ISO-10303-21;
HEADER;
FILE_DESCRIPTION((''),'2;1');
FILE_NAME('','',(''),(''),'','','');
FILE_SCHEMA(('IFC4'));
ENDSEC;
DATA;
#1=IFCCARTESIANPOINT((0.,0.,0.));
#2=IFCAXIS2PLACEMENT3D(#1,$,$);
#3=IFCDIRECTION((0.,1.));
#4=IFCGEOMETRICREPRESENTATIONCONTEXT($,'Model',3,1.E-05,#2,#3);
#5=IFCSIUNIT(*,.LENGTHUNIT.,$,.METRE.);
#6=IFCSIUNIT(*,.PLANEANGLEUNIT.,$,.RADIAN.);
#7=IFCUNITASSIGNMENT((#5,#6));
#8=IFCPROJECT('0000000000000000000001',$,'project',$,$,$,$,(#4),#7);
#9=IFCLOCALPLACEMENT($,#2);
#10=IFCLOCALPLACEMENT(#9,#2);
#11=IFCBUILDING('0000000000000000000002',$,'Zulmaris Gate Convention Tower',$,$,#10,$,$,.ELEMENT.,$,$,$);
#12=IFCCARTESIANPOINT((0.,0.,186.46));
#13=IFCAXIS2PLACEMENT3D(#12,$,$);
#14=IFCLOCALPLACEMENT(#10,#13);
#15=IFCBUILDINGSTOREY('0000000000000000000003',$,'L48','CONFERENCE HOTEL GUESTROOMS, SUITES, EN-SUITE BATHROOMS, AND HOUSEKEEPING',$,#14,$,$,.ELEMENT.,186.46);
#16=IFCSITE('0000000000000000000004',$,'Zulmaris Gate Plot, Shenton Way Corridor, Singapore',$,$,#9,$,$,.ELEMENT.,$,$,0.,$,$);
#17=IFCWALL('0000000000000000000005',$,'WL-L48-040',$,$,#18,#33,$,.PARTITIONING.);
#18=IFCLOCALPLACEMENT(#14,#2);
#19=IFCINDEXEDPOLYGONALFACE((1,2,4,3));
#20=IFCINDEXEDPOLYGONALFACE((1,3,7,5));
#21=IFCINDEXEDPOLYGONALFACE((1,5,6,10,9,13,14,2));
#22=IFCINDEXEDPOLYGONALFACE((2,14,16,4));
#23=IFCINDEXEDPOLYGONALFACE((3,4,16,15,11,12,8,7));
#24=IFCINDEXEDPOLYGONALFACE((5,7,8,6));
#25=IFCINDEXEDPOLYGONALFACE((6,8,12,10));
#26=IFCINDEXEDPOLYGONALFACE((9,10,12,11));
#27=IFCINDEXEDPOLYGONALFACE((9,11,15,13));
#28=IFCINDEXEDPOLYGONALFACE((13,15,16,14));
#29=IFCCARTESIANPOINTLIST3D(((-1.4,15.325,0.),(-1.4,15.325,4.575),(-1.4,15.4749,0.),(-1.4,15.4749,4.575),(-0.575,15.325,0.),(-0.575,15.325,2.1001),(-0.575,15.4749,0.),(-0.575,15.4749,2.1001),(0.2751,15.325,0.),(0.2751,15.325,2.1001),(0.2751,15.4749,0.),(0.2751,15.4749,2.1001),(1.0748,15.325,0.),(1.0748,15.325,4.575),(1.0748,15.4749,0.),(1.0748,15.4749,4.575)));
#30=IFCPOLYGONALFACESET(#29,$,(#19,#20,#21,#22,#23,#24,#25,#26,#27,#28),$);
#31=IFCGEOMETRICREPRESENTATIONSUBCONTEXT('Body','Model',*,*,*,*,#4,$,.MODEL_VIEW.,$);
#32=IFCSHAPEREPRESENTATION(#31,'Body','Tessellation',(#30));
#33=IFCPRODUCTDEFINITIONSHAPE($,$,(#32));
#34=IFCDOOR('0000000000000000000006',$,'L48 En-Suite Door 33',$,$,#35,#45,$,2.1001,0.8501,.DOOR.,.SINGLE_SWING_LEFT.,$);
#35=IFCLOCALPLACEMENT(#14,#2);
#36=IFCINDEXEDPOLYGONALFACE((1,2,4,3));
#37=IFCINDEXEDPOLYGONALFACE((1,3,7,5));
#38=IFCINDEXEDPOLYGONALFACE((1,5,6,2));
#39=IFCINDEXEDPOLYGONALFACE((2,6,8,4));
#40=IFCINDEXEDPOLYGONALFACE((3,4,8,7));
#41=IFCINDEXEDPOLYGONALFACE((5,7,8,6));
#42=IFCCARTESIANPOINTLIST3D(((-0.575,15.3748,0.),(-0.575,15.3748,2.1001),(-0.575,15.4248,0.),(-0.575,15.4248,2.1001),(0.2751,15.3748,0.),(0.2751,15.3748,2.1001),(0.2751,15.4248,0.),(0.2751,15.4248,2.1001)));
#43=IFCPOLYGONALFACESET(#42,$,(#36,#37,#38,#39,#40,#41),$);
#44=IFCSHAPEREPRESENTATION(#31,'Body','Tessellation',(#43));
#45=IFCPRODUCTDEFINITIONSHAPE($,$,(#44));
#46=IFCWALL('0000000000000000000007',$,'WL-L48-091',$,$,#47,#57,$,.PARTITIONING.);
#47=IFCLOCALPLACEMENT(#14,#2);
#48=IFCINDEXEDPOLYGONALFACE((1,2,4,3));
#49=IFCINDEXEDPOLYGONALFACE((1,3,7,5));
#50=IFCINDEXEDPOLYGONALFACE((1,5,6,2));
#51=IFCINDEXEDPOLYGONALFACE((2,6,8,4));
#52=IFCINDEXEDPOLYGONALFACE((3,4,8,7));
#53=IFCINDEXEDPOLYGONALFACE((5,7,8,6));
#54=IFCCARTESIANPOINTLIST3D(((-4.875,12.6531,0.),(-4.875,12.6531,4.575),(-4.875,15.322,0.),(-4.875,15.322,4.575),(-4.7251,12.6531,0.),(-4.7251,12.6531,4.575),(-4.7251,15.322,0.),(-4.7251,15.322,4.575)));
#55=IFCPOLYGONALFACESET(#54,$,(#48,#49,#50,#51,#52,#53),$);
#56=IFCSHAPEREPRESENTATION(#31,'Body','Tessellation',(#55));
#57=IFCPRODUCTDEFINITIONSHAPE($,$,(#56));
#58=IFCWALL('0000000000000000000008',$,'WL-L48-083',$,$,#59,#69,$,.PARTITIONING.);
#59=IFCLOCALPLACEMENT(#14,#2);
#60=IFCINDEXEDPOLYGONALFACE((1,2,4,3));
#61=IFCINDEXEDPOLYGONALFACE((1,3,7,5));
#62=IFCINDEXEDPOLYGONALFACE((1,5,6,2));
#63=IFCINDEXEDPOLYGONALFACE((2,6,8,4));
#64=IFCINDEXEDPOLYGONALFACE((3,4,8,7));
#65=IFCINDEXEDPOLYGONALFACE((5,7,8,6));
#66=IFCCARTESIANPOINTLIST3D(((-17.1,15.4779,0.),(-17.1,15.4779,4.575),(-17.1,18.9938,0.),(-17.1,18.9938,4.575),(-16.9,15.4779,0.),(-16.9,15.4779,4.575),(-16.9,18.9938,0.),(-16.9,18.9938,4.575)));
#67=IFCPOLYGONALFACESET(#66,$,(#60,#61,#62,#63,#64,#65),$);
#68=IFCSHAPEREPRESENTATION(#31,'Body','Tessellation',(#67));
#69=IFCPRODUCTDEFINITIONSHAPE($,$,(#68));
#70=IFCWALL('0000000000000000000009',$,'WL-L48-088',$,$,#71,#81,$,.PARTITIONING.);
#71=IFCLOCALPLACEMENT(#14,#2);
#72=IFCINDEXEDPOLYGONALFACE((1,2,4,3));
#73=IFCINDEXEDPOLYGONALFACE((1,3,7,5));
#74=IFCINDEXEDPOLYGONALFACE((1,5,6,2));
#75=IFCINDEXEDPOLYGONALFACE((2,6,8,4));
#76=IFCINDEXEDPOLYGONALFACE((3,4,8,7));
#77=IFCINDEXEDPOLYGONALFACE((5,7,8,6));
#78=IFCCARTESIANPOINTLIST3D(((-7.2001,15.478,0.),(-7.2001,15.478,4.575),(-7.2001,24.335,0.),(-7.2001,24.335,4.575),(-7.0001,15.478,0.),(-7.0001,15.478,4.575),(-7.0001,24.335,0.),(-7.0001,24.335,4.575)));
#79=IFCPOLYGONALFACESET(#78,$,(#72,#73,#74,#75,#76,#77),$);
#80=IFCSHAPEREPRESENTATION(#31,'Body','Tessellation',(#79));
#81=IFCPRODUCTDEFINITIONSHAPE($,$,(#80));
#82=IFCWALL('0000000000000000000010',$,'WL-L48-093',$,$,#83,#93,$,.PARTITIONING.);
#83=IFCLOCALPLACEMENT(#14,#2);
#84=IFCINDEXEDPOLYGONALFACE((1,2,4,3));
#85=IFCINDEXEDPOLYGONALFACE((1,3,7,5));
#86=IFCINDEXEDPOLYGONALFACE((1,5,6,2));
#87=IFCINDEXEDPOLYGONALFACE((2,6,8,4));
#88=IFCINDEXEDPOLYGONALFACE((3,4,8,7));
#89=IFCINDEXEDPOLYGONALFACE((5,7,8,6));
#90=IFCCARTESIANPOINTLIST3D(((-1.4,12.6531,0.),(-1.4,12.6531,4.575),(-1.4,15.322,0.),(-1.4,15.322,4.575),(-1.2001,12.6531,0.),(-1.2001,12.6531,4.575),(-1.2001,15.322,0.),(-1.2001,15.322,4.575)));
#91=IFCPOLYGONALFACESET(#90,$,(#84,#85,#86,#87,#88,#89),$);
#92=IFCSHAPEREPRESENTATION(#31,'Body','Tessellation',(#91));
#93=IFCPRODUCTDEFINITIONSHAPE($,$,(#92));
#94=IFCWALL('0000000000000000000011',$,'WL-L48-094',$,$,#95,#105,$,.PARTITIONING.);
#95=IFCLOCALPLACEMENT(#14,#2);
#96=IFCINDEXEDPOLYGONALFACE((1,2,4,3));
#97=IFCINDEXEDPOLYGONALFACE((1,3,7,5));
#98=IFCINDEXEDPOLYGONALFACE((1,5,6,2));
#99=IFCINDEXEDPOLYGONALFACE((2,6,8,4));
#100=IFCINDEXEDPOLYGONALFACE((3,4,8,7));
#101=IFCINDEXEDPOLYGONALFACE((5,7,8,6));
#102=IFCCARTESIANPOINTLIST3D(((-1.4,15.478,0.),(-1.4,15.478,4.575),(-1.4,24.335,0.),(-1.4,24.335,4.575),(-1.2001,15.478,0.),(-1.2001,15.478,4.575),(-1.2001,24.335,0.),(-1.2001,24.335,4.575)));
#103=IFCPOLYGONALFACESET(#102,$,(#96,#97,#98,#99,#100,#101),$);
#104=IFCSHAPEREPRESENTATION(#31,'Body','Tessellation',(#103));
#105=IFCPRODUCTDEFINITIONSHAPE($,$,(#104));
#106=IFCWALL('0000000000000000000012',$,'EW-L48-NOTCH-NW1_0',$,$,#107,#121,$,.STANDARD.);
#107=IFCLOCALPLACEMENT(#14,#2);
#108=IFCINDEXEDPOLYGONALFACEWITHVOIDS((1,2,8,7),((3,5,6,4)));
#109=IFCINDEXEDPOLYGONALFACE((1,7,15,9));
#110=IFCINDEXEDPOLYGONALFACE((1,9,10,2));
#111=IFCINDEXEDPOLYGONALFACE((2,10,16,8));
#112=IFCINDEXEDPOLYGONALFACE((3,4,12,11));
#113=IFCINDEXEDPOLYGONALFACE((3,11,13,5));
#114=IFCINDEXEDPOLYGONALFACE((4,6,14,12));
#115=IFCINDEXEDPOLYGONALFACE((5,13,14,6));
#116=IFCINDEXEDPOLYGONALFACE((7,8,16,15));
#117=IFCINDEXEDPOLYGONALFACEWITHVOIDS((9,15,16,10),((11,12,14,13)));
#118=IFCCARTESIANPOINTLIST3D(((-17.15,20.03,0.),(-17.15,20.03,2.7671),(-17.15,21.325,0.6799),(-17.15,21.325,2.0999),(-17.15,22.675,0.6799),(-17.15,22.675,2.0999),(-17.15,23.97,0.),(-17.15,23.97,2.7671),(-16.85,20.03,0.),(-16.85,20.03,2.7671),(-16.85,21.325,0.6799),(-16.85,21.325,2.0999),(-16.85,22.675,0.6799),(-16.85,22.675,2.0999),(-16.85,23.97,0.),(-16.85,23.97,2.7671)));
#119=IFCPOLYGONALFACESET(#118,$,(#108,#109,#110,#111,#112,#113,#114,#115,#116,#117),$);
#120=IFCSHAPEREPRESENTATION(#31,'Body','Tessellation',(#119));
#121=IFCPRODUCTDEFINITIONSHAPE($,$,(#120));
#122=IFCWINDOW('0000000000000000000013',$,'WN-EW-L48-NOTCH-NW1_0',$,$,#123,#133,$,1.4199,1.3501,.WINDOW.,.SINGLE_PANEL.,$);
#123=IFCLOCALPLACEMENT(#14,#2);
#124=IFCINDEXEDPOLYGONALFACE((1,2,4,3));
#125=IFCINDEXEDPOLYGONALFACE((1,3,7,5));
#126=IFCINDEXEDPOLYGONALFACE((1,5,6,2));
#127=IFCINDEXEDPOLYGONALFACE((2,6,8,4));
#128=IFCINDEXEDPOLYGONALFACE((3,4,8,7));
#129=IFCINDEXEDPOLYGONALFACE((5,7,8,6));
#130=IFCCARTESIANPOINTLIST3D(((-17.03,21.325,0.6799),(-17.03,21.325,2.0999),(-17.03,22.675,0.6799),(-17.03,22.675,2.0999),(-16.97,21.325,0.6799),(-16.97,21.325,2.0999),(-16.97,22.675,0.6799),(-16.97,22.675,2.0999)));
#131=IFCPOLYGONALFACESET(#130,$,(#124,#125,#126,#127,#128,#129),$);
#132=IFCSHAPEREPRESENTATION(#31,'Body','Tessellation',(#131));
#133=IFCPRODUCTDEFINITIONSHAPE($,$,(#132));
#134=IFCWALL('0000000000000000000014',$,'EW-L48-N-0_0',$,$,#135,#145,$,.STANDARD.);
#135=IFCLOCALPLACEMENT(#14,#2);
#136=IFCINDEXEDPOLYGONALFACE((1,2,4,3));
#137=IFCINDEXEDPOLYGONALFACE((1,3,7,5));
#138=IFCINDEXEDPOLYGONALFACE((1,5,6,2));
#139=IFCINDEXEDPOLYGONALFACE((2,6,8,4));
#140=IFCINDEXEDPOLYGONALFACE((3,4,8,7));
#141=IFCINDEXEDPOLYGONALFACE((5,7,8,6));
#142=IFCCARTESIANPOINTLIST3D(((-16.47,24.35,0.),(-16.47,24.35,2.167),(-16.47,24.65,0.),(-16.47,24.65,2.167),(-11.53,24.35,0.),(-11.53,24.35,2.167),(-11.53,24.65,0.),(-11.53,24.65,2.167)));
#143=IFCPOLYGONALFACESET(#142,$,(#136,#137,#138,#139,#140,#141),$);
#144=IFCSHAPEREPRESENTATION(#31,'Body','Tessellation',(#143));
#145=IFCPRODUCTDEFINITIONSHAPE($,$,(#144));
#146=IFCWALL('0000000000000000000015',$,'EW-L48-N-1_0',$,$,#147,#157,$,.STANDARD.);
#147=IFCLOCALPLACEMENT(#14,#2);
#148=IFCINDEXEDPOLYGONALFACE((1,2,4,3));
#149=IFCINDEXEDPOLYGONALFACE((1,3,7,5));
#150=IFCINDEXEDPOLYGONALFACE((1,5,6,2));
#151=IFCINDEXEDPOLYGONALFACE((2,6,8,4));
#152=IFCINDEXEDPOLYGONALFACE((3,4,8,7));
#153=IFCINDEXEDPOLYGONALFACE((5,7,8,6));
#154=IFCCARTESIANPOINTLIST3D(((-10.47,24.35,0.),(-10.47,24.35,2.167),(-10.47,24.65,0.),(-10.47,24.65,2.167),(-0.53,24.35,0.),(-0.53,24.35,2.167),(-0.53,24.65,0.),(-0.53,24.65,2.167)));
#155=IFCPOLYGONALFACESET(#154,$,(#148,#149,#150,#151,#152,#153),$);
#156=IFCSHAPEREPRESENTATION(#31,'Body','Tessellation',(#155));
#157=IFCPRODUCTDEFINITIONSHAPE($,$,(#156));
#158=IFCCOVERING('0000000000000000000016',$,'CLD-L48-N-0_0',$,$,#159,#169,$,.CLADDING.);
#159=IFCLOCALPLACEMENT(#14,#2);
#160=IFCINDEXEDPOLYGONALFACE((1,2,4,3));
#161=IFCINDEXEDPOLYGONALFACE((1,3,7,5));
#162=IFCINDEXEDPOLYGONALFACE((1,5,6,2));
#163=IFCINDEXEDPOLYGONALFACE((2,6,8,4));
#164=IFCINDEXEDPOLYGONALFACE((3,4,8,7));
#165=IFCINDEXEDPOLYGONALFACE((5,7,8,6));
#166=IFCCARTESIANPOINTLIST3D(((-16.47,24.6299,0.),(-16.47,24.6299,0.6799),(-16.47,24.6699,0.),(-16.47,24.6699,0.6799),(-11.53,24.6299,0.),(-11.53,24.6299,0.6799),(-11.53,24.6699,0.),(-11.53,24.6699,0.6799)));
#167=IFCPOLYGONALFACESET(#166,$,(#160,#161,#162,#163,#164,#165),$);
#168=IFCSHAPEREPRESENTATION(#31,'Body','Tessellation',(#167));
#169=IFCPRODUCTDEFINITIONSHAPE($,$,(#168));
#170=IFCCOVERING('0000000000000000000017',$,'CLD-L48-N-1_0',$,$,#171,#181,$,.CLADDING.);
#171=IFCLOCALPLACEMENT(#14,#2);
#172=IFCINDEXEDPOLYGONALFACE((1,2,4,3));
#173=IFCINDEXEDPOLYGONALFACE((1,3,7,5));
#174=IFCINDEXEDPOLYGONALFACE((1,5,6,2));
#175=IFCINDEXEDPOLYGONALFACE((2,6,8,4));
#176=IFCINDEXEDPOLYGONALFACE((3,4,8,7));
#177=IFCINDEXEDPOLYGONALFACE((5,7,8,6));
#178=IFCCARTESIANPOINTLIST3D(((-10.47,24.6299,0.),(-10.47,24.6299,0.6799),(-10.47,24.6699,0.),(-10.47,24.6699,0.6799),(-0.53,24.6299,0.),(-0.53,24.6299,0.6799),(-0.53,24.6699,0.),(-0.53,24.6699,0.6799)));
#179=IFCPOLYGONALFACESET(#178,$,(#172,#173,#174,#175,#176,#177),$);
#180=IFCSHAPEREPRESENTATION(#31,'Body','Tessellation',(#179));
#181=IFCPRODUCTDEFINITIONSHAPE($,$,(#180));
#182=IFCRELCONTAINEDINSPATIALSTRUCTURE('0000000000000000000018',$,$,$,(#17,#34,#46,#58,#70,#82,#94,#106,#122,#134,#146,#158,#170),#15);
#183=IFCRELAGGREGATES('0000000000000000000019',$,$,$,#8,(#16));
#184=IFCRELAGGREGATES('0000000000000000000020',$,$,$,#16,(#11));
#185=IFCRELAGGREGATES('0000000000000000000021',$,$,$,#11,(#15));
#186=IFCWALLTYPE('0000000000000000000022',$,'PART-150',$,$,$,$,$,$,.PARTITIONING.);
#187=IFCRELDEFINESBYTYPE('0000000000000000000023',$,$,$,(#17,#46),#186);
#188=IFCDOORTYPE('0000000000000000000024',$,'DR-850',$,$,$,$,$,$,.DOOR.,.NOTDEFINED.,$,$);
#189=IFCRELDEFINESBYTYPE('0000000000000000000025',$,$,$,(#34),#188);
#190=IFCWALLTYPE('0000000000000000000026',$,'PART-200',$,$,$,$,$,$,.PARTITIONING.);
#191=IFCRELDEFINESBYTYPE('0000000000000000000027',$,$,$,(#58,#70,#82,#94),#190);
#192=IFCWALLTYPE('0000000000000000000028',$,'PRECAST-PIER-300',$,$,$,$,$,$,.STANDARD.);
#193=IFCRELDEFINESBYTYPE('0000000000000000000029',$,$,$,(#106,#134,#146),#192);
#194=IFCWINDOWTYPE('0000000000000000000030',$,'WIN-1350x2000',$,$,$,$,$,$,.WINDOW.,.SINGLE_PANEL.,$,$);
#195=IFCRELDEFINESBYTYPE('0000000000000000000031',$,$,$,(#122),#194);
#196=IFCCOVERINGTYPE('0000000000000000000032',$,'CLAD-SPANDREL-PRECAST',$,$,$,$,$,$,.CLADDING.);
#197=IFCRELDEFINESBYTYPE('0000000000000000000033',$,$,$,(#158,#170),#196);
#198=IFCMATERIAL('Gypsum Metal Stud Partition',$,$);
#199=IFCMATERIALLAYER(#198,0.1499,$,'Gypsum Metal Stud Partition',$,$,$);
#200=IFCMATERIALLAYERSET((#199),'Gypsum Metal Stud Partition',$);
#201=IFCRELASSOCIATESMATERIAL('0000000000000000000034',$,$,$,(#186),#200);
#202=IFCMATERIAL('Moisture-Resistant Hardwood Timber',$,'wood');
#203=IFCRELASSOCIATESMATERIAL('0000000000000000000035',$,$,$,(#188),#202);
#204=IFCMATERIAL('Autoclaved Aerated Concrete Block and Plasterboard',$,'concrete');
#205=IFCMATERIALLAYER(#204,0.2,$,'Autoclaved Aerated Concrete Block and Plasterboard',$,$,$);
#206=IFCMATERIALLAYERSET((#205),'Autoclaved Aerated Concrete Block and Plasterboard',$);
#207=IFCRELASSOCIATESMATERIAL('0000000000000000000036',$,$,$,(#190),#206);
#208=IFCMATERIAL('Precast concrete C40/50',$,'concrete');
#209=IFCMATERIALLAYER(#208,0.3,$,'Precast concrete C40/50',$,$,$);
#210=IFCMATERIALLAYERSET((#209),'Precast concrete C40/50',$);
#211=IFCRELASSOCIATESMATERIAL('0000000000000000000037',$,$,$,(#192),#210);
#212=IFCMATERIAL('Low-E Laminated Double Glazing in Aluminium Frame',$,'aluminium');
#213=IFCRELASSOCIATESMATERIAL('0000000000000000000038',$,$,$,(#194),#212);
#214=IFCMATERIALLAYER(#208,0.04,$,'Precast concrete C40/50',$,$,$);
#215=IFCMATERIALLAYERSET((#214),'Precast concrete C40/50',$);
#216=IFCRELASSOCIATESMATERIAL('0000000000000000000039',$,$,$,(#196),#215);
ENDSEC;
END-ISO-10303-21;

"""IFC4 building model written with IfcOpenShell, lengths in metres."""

from ifc_helpers import new_model, si_unit, direction, frame, frame_2d, origin, place, context, subcontext, project, spatial, rectangle, extrude, material, layer, layer_set, type_object, element, fill, save


model = new_model("IFC4")

# Units and contexts
model_context = context("Model", 3, precision=1e-05, world=origin(), true_north=direction((0.0, 1.0)))
body_context = subcontext(model_context, "Body", "Model", "MODEL_VIEW")
ifc_project = project(units=[si_unit("LENGTHUNIT", "METRE"), si_unit("PLANEANGLEUNIT", "RADIAN")], contexts=[model_context])

# Site, building, storey
site_placement = place(None, origin())
site = spatial("IfcSite", under=ifc_project, at=site_placement, Name="Zulmaris Gate Plot, Shenton Way Corridor, Singapore", CompositionType="ELEMENT", RefElevation=0.0)
building_placement = place(site_placement, origin())
building = spatial("IfcBuilding", under=site, at=building_placement, Name="Zulmaris Gate Convention Tower", CompositionType="ELEMENT")
storey_placement = place(building_placement, frame((0.0, 0.0, 186.46)))
storey = spatial("IfcBuildingStorey", under=building, at=storey_placement, Name="L48", Description="CONFERENCE HOTEL GUESTROOMS, SUITES, EN-SUITE BATHROOMS, AND HOUSEKEEPING", CompositionType="ELEMENT", Elevation=186.46)

# Wall, opening, door
ifc_material_1 = material(Name="Gypsum Metal Stud Partition")
ifc_layer_1 = layer(ifc_material_1, 0.1499, Name="Gypsum Metal Stud Partition")
ifc_layer_set_1 = layer_set([ifc_layer_1], Name="Gypsum Metal Stud Partition")
wall_type_1 = type_object("IfcWallType", Name="PART-150", PredefinedType="PARTITIONING", material=ifc_layer_set_1)
ifc_material_2 = material(Name="Moisture-Resistant Hardwood Timber", Category="wood")
door_type = type_object("IfcDoorType", Name="DR-850", OperationType="NOTDEFINED", PredefinedType="DOOR", material=ifc_material_2)
wall_1_placement = place(storey_placement, frame((-1.3999, 15.3999, 0.0), z_axis=(0.0, 0.0, 1.0), x_axis=(1.0, 0.0, 0.0)))
wall_1 = element("IfcWall", 1, at=wall_1_placement, inside=storey, type_object=wall_type_1, Name="WL-L48-040", PredefinedType="PARTITIONING", context=body_context, shape_type="SweptSolid", body=[
    extrude(rectangle(XDim=2.4749, YDim=0.1499, at=frame_2d((1.2373, 0.0))), origin(), (0.0, 0.0, 1.0), 4.575),
])
opening_1_placement = place(wall_1_placement, frame((0.825, 0.0, 0.0)))
opening_1 = element("IfcOpeningElement", 2, at=opening_1_placement, cuts=wall_1, PredefinedType="OPENING", context=body_context, shape_type="SweptSolid", body=[
    extrude(rectangle(XDim=0.8501, YDim=2.1001, at=frame_2d((0.425, 1.05))), frame((0.0, 0.085, 0.0), z_axis=(0.0, -1.0, 0.0), x_axis=(1.0, 0.0, 0.0)), (0.0, 0.0, 1.0), 0.1699),
])
door_1_placement = place(opening_1_placement, origin())
door_1 = element("IfcDoor", 3, at=door_1_placement, inside=storey, type_object=door_type, Name="L48 En-Suite Door 33", OperationType="SINGLE_SWING_LEFT", OverallHeight=2.1001, OverallWidth=0.8501, PredefinedType="DOOR", context=body_context, shape_type="SweptSolid", body=[
    extrude(rectangle(XDim=0.8501, YDim=2.1001, at=frame_2d((0.425, 1.05))), frame((0.0, 0.0249, 0.0), z_axis=(0.0, -1.0, 0.0), x_axis=(1.0, 0.0, 0.0)), (0.0, 0.0, 1.0), 0.05),
])
fill(opening_1, door_1)

# Walls
wall_2_placement = place(storey_placement, frame((-4.8, 12.6531, 0.0), z_axis=(0.0, 0.0, 1.0), x_axis=(0.0, 1.0, 0.0)))
element("IfcWall", 4, at=wall_2_placement, inside=storey, type_object=wall_type_1, Name="WL-L48-091", PredefinedType="PARTITIONING", context=body_context, shape_type="SweptSolid", body=[
    extrude(rectangle(XDim=2.6689, YDim=0.1499, at=frame_2d((1.3345, 0.0))), origin(), (0.0, 0.0, 1.0), 4.575),
])
ifc_material_3 = material(Name="Autoclaved Aerated Concrete Block and Plasterboard", Category="concrete")
ifc_layer_2 = layer(ifc_material_3, 0.2, Name="Autoclaved Aerated Concrete Block and Plasterboard")
ifc_layer_set_2 = layer_set([ifc_layer_2], Name="Autoclaved Aerated Concrete Block and Plasterboard")
wall_type_2 = type_object("IfcWallType", Name="PART-200", PredefinedType="PARTITIONING", material=ifc_layer_set_2)
wall_3_placement = place(storey_placement, frame((-17.0, 15.478, 0.0), z_axis=(0.0, 0.0, 1.0), x_axis=(0.0, 1.0, 0.0)))
element("IfcWall", 5, at=wall_3_placement, inside=storey, type_object=wall_type_2, Name="WL-L48-083", PredefinedType="PARTITIONING", context=body_context, shape_type="SweptSolid", body=[
    extrude(rectangle(XDim=3.5159, YDim=0.2, at=frame_2d((1.7578, 0.0))), origin(), (0.0, 0.0, 1.0), 4.575),
])
wall_4_placement = place(storey_placement, frame((-7.1001, 15.478, 0.0), z_axis=(0.0, 0.0, 1.0), x_axis=(0.0, 1.0, 0.0)))
element("IfcWall", 6, at=wall_4_placement, inside=storey, type_object=wall_type_2, Name="WL-L48-088", PredefinedType="PARTITIONING", context=body_context, shape_type="SweptSolid", body=[
    extrude(rectangle(XDim=8.8569, YDim=0.2, at=frame_2d((4.4285, 0.0))), origin(), (0.0, 0.0, 1.0), 4.575),
])
wall_5_placement = place(storey_placement, frame((-1.3, 12.6531, 0.0), z_axis=(0.0, 0.0, 1.0), x_axis=(0.0, 1.0, 0.0)))
element("IfcWall", 7, at=wall_5_placement, inside=storey, type_object=wall_type_2, Name="WL-L48-093", PredefinedType="PARTITIONING", context=body_context, shape_type="SweptSolid", body=[
    extrude(rectangle(XDim=2.6689, YDim=0.2, at=frame_2d((1.3345, 0.0))), origin(), (0.0, 0.0, 1.0), 4.575),
])
wall_6_placement = place(storey_placement, frame((-1.3, 15.478, 0.0), z_axis=(0.0, 0.0, 1.0), x_axis=(0.0, 1.0, 0.0)))
element("IfcWall", 8, at=wall_6_placement, inside=storey, type_object=wall_type_2, Name="WL-L48-094", PredefinedType="PARTITIONING", context=body_context, shape_type="SweptSolid", body=[
    extrude(rectangle(XDim=8.8569, YDim=0.2, at=frame_2d((4.4285, 0.0))), origin(), (0.0, 0.0, 1.0), 4.575),
])

# Wall, opening, window
ifc_material_4 = material(Name="Precast concrete C40/50", Category="concrete")
ifc_layer_3 = layer(ifc_material_4, 0.3, Name="Precast concrete C40/50")
ifc_layer_set_3 = layer_set([ifc_layer_3], Name="Precast concrete C40/50")
wall_type_3 = type_object("IfcWallType", Name="PRECAST-PIER-300", PredefinedType="STANDARD", material=ifc_layer_set_3)
wall_7_placement = place(storey_placement, frame((-17.0, 23.97, 0.0), z_axis=(0.0, 0.0, 1.0), x_axis=(0.0, -1.0, 0.0)))
wall_7 = element("IfcWall", 9, at=wall_7_placement, inside=storey, type_object=wall_type_3, Name="EW-L48-NOTCH-NW1_0", PredefinedType="STANDARD", context=body_context, shape_type="SweptSolid", body=[
    extrude(rectangle(XDim=3.9399, YDim=0.3, at=frame_2d((1.97, 0.0))), origin(), (0.0, 0.0, 1.0), 2.7671),
])
opening_2_placement = place(wall_7_placement, frame((1.2949, 0.0, 0.6799)))
opening_2 = element("IfcOpeningElement", 10, at=opening_2_placement, cuts=wall_7, PredefinedType="OPENING", context=body_context, shape_type="SweptSolid", body=[
    extrude(rectangle(XDim=1.3501, YDim=1.4199, at=frame_2d((0.675, 0.71))), frame((0.0, 0.1602, 0.0), z_axis=(0.0, -1.0, 0.0), x_axis=(1.0, 0.0, 0.0)), (0.0, 0.0, 1.0), 0.3201),
])
ifc_material_5 = material(Name="Low-E Laminated Double Glazing in Aluminium Frame", Category="aluminium")
window_type = type_object("IfcWindowType", Name="WIN-1350x2000", PartitioningType="SINGLE_PANEL", PredefinedType="WINDOW", material=ifc_material_5)
window_placement = place(opening_2_placement, origin())
window = element("IfcWindow", 11, at=window_placement, inside=storey, type_object=window_type, Name="WN-EW-L48-NOTCH-NW1_0", OverallHeight=1.4199, OverallWidth=1.3501, PartitioningType="SINGLE_PANEL", PredefinedType="WINDOW", context=body_context, shape_type="SweptSolid", body=[
    extrude(rectangle(XDim=1.3501, YDim=1.4199, at=frame_2d((0.675, 0.71))), frame((0.0, 0.03, 0.0), z_axis=(0.0, -1.0, 0.0), x_axis=(1.0, 0.0, 0.0)), (0.0, 0.0, 1.0), 0.0601),
])
fill(opening_2, window)

# Walls
wall_8_placement = place(storey_placement, frame((-11.53, 24.5, 0.0), z_axis=(0.0, 0.0, 1.0), x_axis=(-1.0, 0.0, 0.0)))
element("IfcWall", 12, at=wall_8_placement, inside=storey, type_object=wall_type_3, Name="EW-L48-N-0_0", PredefinedType="STANDARD", context=body_context, shape_type="SweptSolid", body=[
    extrude(rectangle(XDim=4.9399, YDim=0.3, at=frame_2d((2.47, 0.0))), origin(), (0.0, 0.0, 1.0), 2.167),
])
wall_9_placement = place(storey_placement, frame((-0.53, 24.5, 0.0), z_axis=(0.0, 0.0, 1.0), x_axis=(-1.0, 0.0, 0.0)))
element("IfcWall", 13, at=wall_9_placement, inside=storey, type_object=wall_type_3, Name="EW-L48-N-1_0", PredefinedType="STANDARD", context=body_context, shape_type="SweptSolid", body=[
    extrude(rectangle(XDim=9.9399, YDim=0.3, at=frame_2d((4.97, 0.0))), origin(), (0.0, 0.0, 1.0), 2.167),
])

# Coverings
ifc_layer_4 = layer(ifc_material_4, 0.04, Name="Precast concrete C40/50")
ifc_layer_set_4 = layer_set([ifc_layer_4], Name="Precast concrete C40/50")
covering_type = type_object("IfcCoveringType", Name="CLAD-SPANDREL-PRECAST", PredefinedType="CLADDING", material=ifc_layer_set_4)
covering_1_placement = place(storey_placement, frame((-11.53, 24.6499, 0.0), z_axis=(0.0, 0.0, 1.0), x_axis=(-1.0, 0.0, 0.0)))
element("IfcCovering", 14, at=covering_1_placement, inside=storey, type_object=covering_type, Name="CLD-L48-N-0_0", PredefinedType="CLADDING", context=body_context, shape_type="SweptSolid", body=[
    extrude(rectangle(XDim=4.9399, YDim=0.04, at=frame_2d((2.47, 0.0))), origin(), (0.0, 0.0, 1.0), 0.6799),
])
covering_2_placement = place(storey_placement, frame((-0.53, 24.6499, 0.0), z_axis=(0.0, 0.0, 1.0), x_axis=(-1.0, 0.0, 0.0)))
element("IfcCovering", 15, at=covering_2_placement, inside=storey, type_object=covering_type, Name="CLD-L48-N-1_0", PredefinedType="CLADDING", context=body_context, shape_type="SweptSolid", body=[
    extrude(rectangle(XDim=9.9399, YDim=0.04, at=frame_2d((4.97, 0.0))), origin(), (0.0, 0.0, 1.0), 0.6799),
])

save(model, "model.ifc")
